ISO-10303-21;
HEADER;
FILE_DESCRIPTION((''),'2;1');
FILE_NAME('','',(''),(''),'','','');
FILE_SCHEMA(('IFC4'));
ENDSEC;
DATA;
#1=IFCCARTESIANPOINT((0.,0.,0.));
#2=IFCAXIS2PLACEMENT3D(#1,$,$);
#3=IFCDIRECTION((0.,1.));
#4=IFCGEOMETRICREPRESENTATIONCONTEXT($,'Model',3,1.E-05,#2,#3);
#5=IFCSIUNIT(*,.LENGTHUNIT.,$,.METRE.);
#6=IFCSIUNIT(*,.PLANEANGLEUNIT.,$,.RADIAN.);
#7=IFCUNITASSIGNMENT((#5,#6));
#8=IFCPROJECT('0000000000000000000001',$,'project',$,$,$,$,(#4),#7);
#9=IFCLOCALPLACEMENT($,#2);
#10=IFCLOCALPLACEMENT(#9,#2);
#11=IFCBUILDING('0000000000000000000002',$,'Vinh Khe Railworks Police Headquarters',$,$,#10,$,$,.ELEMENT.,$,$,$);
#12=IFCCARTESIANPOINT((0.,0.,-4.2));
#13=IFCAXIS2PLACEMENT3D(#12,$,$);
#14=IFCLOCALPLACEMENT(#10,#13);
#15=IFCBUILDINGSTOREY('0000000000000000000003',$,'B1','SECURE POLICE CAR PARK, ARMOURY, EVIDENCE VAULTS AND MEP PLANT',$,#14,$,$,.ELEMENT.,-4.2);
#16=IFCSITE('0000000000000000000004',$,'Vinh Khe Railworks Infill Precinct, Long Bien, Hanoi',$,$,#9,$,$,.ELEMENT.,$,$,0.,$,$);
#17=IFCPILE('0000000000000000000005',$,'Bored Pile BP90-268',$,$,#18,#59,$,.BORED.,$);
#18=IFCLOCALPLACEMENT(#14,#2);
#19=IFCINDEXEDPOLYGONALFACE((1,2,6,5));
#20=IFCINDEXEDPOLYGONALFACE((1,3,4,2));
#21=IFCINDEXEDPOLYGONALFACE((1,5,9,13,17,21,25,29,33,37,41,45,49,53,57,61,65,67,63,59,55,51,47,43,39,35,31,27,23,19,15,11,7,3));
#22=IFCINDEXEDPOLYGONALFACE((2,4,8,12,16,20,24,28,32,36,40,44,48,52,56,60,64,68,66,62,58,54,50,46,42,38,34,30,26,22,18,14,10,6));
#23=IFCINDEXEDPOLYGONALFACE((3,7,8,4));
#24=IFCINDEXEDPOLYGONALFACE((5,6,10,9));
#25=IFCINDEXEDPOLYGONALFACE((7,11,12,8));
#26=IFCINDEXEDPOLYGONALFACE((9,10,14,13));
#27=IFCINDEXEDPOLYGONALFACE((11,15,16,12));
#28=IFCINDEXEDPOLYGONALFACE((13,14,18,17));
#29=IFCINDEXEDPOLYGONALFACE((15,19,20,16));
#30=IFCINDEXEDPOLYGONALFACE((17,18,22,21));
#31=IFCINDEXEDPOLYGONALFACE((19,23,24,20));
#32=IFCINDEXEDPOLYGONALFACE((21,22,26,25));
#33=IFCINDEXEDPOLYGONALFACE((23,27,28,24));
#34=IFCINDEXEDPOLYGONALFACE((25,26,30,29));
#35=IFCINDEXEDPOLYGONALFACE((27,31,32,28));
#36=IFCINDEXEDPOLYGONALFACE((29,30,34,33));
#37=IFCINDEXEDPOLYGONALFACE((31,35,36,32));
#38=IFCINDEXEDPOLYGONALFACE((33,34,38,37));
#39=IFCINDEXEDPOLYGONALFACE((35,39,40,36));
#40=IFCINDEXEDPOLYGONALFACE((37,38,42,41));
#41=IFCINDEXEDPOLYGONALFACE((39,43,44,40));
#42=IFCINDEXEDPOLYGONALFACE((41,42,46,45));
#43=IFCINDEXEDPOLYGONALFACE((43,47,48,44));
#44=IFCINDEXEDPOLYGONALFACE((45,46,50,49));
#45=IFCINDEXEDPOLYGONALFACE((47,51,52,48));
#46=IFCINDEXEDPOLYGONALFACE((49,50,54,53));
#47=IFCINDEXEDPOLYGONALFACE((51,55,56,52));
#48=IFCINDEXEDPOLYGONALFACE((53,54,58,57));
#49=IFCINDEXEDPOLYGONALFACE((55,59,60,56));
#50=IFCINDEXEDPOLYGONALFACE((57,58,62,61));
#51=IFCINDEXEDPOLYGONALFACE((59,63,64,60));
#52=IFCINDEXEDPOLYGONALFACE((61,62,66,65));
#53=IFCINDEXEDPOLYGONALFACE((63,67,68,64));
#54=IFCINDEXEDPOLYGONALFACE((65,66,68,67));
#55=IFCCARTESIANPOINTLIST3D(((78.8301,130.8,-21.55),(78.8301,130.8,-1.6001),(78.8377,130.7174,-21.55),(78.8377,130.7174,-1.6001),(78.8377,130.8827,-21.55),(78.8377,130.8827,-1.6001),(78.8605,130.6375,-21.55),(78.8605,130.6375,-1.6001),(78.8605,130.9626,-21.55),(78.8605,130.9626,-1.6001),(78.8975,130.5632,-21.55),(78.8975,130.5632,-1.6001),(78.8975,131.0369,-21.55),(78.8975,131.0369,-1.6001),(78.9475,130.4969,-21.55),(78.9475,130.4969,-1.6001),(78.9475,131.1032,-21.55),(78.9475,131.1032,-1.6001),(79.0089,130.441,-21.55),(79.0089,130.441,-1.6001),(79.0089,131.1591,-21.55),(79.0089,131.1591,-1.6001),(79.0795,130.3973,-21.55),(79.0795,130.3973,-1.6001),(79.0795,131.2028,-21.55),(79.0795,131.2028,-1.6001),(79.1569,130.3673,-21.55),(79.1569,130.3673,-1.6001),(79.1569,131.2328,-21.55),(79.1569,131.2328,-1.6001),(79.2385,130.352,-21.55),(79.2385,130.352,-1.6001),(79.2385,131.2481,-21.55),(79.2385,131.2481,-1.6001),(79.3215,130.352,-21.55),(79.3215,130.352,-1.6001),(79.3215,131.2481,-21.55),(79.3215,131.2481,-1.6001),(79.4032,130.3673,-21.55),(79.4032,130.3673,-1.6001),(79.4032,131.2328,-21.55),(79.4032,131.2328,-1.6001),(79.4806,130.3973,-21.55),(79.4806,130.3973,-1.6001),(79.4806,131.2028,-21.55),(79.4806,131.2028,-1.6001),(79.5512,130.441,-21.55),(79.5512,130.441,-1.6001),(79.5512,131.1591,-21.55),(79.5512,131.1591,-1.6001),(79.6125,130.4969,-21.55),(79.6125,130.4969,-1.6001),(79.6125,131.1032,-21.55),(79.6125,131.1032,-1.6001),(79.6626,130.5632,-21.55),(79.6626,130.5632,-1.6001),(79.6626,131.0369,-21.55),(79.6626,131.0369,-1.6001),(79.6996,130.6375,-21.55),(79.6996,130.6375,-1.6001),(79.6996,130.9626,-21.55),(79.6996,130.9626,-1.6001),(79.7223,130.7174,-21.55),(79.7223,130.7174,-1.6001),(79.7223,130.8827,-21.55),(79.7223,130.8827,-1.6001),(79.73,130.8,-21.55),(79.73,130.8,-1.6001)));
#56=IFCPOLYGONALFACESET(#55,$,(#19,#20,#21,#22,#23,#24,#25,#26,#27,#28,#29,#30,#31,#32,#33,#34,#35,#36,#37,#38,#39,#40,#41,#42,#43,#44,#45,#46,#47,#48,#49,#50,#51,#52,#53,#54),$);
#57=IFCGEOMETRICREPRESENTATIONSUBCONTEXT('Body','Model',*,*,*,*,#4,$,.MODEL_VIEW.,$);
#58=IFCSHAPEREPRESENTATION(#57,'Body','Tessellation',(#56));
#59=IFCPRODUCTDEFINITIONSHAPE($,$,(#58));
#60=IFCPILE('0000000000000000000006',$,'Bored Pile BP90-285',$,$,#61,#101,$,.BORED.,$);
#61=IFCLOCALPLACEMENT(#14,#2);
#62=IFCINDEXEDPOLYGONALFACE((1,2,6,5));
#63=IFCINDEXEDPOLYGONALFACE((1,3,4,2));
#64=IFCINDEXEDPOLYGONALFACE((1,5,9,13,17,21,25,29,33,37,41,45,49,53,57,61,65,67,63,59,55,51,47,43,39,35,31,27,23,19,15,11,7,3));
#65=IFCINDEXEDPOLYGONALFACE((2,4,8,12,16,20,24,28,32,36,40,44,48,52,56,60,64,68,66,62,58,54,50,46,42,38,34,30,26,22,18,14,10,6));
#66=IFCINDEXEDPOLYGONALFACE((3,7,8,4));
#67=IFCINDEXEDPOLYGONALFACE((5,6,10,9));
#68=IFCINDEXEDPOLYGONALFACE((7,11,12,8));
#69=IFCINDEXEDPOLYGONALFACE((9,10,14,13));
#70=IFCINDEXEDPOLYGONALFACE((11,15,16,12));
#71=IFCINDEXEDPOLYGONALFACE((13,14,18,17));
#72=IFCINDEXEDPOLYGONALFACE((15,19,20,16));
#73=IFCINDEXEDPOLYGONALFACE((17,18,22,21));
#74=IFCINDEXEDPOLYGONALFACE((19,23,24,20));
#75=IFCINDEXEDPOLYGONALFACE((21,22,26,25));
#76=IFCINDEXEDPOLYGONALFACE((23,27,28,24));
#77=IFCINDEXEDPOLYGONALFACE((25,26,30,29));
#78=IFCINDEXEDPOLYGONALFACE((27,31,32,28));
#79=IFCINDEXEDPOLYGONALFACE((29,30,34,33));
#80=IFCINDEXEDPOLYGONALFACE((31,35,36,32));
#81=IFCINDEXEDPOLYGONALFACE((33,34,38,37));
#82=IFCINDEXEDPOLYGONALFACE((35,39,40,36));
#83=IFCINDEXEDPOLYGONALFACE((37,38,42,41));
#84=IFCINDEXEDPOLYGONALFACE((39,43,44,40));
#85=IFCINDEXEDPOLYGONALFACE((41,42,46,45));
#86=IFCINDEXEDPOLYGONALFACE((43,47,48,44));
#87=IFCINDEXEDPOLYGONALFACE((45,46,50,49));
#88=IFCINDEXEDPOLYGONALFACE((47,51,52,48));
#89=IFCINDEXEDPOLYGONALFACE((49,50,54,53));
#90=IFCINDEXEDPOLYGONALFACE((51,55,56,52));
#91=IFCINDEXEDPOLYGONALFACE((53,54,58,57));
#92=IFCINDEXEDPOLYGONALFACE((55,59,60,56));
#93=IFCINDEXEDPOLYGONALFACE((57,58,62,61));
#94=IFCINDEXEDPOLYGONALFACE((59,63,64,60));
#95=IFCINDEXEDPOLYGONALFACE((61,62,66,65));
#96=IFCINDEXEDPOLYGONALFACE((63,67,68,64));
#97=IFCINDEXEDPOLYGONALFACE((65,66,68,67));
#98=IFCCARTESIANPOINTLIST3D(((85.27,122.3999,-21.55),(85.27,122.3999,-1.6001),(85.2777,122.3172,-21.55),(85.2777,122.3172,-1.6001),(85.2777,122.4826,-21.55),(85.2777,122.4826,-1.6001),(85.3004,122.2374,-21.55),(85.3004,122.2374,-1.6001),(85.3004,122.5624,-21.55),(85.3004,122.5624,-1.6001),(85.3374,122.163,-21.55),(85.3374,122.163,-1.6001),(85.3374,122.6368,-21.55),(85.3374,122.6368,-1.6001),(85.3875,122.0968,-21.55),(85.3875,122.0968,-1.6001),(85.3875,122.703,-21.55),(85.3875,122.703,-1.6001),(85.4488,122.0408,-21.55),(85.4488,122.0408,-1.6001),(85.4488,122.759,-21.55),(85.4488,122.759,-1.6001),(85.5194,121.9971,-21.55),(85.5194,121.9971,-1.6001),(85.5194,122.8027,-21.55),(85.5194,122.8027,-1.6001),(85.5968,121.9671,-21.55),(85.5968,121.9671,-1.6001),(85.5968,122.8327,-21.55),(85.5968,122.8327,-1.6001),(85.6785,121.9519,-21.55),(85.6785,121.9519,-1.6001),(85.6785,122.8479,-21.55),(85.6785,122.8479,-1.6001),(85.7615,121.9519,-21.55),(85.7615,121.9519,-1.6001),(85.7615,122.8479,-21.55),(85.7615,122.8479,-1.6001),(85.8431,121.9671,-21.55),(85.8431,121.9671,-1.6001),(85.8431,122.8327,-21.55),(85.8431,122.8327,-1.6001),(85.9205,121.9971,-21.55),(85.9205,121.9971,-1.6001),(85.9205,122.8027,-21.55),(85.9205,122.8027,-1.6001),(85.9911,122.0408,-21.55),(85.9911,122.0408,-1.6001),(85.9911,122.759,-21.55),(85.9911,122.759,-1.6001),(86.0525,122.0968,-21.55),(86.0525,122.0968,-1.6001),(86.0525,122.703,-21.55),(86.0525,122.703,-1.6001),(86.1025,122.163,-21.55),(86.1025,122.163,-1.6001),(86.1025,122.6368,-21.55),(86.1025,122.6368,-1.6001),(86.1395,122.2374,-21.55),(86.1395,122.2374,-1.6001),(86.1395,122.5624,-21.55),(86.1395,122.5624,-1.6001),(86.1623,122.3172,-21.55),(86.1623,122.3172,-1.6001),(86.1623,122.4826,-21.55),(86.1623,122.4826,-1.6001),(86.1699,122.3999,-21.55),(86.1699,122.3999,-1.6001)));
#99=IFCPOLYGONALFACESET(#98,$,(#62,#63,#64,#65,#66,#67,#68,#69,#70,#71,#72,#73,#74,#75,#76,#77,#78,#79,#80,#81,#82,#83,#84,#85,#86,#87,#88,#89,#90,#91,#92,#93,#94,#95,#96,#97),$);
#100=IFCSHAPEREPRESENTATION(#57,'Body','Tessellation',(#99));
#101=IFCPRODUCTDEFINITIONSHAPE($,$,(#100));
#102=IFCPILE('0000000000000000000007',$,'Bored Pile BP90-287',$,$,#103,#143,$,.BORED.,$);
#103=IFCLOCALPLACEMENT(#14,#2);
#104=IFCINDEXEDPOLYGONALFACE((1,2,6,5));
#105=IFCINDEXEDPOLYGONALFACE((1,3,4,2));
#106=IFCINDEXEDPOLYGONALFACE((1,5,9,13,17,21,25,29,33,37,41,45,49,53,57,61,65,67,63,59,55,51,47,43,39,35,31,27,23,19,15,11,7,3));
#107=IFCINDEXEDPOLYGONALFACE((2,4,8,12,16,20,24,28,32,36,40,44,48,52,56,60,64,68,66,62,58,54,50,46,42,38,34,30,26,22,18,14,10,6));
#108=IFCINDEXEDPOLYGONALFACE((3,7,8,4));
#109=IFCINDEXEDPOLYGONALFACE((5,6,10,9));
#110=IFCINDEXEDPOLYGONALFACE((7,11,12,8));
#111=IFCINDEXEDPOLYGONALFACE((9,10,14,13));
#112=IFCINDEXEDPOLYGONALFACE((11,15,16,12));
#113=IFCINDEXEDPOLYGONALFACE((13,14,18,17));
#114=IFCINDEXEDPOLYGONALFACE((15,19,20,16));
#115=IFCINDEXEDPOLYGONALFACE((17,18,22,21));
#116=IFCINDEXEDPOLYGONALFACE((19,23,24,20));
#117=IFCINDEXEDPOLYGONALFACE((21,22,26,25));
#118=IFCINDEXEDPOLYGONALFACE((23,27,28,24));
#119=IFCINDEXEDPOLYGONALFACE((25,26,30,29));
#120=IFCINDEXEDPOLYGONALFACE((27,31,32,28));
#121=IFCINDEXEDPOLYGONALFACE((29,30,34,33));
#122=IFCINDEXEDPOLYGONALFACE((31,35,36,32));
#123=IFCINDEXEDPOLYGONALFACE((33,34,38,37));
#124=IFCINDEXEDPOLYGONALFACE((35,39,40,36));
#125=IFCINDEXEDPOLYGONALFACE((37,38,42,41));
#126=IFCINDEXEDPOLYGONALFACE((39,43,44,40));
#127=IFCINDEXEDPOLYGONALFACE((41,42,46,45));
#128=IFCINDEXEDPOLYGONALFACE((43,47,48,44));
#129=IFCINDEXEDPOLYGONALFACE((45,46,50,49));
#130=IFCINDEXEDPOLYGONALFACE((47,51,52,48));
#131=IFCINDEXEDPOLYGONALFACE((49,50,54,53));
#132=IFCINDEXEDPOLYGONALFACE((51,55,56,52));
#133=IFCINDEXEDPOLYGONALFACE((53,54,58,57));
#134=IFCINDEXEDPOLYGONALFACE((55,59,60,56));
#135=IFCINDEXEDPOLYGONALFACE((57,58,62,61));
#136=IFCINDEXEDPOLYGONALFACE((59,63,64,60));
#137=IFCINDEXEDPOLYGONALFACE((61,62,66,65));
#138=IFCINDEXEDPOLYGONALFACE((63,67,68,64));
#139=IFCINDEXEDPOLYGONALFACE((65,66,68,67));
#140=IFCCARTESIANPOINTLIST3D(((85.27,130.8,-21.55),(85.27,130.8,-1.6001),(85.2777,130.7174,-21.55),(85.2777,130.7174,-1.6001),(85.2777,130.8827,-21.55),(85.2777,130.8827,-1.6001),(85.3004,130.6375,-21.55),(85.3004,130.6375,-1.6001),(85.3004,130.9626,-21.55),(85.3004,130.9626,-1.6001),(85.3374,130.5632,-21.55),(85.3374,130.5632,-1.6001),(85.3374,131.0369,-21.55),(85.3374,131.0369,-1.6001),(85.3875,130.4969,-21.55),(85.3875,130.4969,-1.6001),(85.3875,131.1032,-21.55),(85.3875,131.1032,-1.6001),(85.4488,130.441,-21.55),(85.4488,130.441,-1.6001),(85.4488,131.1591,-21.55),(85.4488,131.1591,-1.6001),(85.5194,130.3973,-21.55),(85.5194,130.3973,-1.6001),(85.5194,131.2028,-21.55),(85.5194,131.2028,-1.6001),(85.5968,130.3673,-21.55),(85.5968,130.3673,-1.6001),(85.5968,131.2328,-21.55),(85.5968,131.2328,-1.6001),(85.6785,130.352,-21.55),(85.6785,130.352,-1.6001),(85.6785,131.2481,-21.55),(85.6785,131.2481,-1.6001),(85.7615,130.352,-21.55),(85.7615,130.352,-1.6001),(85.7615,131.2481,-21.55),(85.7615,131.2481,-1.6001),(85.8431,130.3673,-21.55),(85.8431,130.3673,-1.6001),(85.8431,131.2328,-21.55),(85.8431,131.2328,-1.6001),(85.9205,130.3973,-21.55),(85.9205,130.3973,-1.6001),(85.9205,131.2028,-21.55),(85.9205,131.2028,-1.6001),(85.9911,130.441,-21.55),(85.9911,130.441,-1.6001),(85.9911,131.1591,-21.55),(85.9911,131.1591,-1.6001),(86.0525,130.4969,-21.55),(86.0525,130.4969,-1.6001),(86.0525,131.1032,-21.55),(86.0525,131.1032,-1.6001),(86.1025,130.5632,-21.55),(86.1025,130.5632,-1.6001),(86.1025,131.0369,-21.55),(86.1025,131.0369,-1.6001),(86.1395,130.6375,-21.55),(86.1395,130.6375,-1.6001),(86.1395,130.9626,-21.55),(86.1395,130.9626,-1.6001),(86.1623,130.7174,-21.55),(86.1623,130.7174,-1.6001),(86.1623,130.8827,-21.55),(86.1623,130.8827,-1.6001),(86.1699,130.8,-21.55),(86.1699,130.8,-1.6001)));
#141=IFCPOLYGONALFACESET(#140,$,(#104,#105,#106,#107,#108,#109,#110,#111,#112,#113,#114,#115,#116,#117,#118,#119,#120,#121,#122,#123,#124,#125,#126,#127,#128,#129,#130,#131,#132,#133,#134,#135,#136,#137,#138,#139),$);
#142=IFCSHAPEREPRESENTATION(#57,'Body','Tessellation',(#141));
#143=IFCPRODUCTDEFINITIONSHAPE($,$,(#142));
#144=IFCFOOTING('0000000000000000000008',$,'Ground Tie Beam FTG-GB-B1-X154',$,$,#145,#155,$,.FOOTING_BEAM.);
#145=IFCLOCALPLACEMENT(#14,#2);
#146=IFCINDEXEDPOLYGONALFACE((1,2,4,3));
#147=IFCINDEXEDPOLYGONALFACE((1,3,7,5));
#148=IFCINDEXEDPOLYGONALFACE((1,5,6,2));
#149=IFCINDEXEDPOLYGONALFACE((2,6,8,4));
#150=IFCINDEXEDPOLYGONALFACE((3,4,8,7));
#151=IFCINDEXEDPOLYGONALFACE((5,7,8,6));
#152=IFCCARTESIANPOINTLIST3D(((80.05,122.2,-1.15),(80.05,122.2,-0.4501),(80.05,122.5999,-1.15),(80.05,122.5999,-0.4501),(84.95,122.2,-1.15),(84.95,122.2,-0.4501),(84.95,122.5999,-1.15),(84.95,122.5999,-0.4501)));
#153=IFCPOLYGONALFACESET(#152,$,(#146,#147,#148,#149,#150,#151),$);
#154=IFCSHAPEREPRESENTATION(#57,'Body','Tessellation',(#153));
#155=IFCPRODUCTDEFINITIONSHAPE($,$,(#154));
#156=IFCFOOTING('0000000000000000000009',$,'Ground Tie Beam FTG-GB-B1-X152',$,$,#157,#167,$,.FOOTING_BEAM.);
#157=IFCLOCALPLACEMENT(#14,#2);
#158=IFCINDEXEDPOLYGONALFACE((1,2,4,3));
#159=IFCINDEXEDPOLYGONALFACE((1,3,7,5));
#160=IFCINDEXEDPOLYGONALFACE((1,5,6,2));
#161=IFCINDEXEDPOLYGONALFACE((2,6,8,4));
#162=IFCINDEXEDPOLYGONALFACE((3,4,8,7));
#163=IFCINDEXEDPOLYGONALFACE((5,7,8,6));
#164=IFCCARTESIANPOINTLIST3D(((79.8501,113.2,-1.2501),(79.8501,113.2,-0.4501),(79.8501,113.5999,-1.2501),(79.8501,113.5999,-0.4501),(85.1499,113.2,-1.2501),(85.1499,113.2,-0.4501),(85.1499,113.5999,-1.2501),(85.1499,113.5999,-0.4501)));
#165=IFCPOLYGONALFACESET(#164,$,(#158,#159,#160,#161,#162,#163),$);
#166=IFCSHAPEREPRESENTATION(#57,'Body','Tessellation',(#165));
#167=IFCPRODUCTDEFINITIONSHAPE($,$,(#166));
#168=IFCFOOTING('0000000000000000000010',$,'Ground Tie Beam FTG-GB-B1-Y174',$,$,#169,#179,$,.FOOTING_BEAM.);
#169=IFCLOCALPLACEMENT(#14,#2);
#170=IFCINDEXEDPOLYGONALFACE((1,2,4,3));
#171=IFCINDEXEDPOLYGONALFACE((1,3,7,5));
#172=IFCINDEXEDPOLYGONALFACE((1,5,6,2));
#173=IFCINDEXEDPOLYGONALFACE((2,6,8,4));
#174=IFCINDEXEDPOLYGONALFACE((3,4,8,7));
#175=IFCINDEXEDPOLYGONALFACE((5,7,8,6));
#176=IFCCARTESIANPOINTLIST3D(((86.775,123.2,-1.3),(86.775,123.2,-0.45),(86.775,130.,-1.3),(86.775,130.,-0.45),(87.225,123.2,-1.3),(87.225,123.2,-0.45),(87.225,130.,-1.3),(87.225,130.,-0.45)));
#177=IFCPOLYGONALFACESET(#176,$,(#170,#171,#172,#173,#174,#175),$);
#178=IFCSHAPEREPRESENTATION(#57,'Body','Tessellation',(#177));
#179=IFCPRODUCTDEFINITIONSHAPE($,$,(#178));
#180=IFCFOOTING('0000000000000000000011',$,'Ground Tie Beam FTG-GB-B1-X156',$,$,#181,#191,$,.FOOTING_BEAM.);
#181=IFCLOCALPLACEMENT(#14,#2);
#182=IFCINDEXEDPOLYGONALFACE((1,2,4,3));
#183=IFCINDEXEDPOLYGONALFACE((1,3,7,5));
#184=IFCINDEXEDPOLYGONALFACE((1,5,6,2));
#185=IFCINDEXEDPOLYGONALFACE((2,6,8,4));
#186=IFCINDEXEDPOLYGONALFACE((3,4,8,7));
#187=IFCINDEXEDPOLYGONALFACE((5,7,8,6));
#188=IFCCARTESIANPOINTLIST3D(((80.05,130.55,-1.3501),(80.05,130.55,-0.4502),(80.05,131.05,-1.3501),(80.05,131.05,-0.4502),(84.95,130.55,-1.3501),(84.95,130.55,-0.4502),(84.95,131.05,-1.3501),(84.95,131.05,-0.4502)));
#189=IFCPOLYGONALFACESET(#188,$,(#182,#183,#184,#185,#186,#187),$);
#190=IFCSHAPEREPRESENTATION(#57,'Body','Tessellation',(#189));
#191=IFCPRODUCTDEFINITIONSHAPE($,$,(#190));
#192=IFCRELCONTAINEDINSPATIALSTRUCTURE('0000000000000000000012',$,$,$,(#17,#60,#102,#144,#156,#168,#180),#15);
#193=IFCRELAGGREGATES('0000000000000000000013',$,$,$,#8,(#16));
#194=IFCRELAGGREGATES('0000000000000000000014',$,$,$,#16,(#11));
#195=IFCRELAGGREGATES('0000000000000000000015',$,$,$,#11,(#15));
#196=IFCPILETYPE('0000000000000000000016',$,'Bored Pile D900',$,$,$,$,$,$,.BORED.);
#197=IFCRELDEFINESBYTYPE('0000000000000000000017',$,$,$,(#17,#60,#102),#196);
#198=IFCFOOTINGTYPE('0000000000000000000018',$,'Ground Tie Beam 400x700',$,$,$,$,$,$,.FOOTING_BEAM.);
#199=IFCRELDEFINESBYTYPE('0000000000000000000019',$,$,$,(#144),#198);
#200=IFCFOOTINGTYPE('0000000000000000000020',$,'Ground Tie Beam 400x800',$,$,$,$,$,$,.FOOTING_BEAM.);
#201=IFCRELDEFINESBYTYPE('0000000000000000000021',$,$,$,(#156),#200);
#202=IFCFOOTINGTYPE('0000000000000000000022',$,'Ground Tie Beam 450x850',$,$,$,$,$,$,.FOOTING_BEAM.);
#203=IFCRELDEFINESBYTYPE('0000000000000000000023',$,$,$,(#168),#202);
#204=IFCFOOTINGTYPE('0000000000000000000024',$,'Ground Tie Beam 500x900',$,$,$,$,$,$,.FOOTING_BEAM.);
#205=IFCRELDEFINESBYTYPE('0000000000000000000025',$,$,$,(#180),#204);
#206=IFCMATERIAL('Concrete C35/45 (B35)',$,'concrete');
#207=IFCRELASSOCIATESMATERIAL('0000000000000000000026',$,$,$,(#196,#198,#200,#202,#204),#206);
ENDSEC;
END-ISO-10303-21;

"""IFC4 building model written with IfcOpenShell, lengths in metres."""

from ifc_helpers import new_model, si_unit, direction, frame, origin, origin_2d, place, context, subcontext, project, spatial, rectangle, circle, extrude, material, material_profile, profile_set, type_object, element, save


model = new_model("IFC4")

# Units and contexts
model_context = context("Model", 3, precision=1e-05, world=origin(), true_north=direction((0.0, 1.0)))
body_context = subcontext(model_context, "Body", "Model", "MODEL_VIEW")
ifc_project = project(units=[si_unit("LENGTHUNIT", "METRE"), si_unit("PLANEANGLEUNIT", "RADIAN")], contexts=[model_context])

# Site, building, storey
site_placement = place(None, origin())
site = spatial("IfcSite", under=ifc_project, at=site_placement, Name="Vinh Khe Railworks Infill Precinct, Long Bien, Hanoi", CompositionType="ELEMENT", RefElevation=0.0)
building_placement = place(site_placement, origin())
building = spatial("IfcBuilding", under=site, at=building_placement, Name="Vinh Khe Railworks Police Headquarters", CompositionType="ELEMENT")
storey_placement = place(building_placement, frame((0.0, 0.0, -4.2)))
storey = spatial("IfcBuildingStorey", under=building, at=storey_placement, Name="B1", Description="SECURE POLICE CAR PARK, ARMOURY, EVIDENCE VAULTS AND MEP PLANT", CompositionType="ELEMENT", Elevation=-4.2)

# Piles
ifc_material_1 = material(Name="Concrete C35/45 (B35)", Category="concrete")
ifc_material_profile_1 = material_profile(ifc_material_1, circle(Radius=0.45, at=origin_2d()), Name="BORED PILE D900")
ifc_profile_set_1 = profile_set([ifc_material_profile_1], Name="Concrete C35/45 (B35)")
pile_type_1 = type_object("IfcPileType", Name="Bored Pile D900", PredefinedType="BORED", material=ifc_profile_set_1)
for number, where, z_axis, x_axis, name in (
    (1, (79.28, 130.8, -1.6001), (0.0, 0.0, -1.0), (1.0, 0.0, 0.0), "Bored Pile BP90-268"),
    (2, (85.72, 122.3999, -1.6001), (0.0, 0.0, -1.0), (1.0, 0.0, 0.0), "Bored Pile BP90-285"),
    (3, (85.72, 130.8, -1.6001), (0.0, 0.0, -1.0), (1.0, 0.0, 0.0), "Bored Pile BP90-287"),
):
    element("IfcPile", number, at=place(storey_placement, frame(where, z_axis=z_axis, x_axis=x_axis)), inside=storey, type_object=pile_type_1, Name=name, PredefinedType="BORED", context=body_context, shape_type="SweptSolid", body=[
        extrude(circle(Radius=0.45, at=origin_2d()), origin(), (0.0, 0.0, 1.0), 19.95),
    ])

# Footings
ifc_material_profile_2 = material_profile(ifc_material_1, rectangle(XDim=0.3999, YDim=0.7, at=origin_2d()), Name="RC 400x700")
ifc_profile_set_2 = profile_set([ifc_material_profile_2], Name="Concrete C35/45 (B35)")
footing_type_1 = type_object("IfcFootingType", Name="Ground Tie Beam 400x700", PredefinedType="FOOTING_BEAM", material=ifc_profile_set_2)
footing_1_placement = place(storey_placement, frame((80.05, 122.3999, -0.8), z_axis=(1.0, 0.0, 0.0), x_axis=(0.0, 1.0, 0.0)))
element("IfcFooting", 4, at=footing_1_placement, inside=storey, type_object=footing_type_1, Name="Ground Tie Beam FTG-GB-B1-X154", PredefinedType="FOOTING_BEAM", context=body_context, shape_type="SweptSolid", body=[
    extrude(rectangle(XDim=0.3999, YDim=0.7, at=origin_2d()), origin(), (0.0, 0.0, 1.0), 4.8999),
])
ifc_material_profile_3 = material_profile(ifc_material_1, rectangle(XDim=0.3999, YDim=0.8, at=origin_2d()), Name="RC 400x800")
ifc_profile_set_3 = profile_set([ifc_material_profile_3], Name="Concrete C35/45 (B35)")
footing_type_2 = type_object("IfcFootingType", Name="Ground Tie Beam 400x800", PredefinedType="FOOTING_BEAM", material=ifc_profile_set_3)
footing_2_placement = place(storey_placement, frame((79.8501, 113.3999, -0.8501), z_axis=(1.0, 0.0, 0.0), x_axis=(0.0, 1.0, 0.0)))
element("IfcFooting", 5, at=footing_2_placement, inside=storey, type_object=footing_type_2, Name="Ground Tie Beam FTG-GB-B1-X152", PredefinedType="FOOTING_BEAM", context=body_context, shape_type="SweptSolid", body=[
    extrude(rectangle(XDim=0.3999, YDim=0.8, at=origin_2d()), origin(), (0.0, 0.0, 1.0), 5.2998),
])
ifc_material_profile_4 = material_profile(ifc_material_1, rectangle(XDim=0.45, YDim=0.8501, at=origin_2d()), Name="RC 450x850")
ifc_profile_set_4 = profile_set([ifc_material_profile_4], Name="Concrete C35/45 (B35)")
footing_type_3 = type_object("IfcFootingType", Name="Ground Tie Beam 450x850", PredefinedType="FOOTING_BEAM", material=ifc_profile_set_4)
footing_3_placement = place(storey_placement, frame((87.0, 123.2, -0.875), z_axis=(0.0, 1.0, 0.0), x_axis=(-1.0, 0.0, 0.0)))
element("IfcFooting", 6, at=footing_3_placement, inside=storey, type_object=footing_type_3, Name="Ground Tie Beam FTG-GB-B1-Y174", PredefinedType="FOOTING_BEAM", context=body_context, shape_type="SweptSolid", body=[
    extrude(rectangle(XDim=0.45, YDim=0.8501, at=origin_2d()), origin(), (0.0, 0.0, 1.0), 6.8),
])
ifc_material_profile_5 = material_profile(ifc_material_1, rectangle(XDim=0.5, YDim=0.8999, at=origin_2d()), Name="RC 500x900")
ifc_profile_set_5 = profile_set([ifc_material_profile_5], Name="Concrete C35/45 (B35)")
footing_type_4 = type_object("IfcFootingType", Name="Ground Tie Beam 500x900", PredefinedType="FOOTING_BEAM", material=ifc_profile_set_5)
footing_4_placement = place(storey_placement, frame((80.05, 130.8, -0.9001), z_axis=(1.0, 0.0, 0.0), x_axis=(0.0, 1.0, 0.0)))
element("IfcFooting", 7, at=footing_4_placement, inside=storey, type_object=footing_type_4, Name="Ground Tie Beam FTG-GB-B1-X156", PredefinedType="FOOTING_BEAM", context=body_context, shape_type="SweptSolid", body=[
    extrude(rectangle(XDim=0.5, YDim=0.8999, at=origin_2d()), origin(), (0.0, 0.0, 1.0), 4.8999),
])

save(model, "model.ifc")
